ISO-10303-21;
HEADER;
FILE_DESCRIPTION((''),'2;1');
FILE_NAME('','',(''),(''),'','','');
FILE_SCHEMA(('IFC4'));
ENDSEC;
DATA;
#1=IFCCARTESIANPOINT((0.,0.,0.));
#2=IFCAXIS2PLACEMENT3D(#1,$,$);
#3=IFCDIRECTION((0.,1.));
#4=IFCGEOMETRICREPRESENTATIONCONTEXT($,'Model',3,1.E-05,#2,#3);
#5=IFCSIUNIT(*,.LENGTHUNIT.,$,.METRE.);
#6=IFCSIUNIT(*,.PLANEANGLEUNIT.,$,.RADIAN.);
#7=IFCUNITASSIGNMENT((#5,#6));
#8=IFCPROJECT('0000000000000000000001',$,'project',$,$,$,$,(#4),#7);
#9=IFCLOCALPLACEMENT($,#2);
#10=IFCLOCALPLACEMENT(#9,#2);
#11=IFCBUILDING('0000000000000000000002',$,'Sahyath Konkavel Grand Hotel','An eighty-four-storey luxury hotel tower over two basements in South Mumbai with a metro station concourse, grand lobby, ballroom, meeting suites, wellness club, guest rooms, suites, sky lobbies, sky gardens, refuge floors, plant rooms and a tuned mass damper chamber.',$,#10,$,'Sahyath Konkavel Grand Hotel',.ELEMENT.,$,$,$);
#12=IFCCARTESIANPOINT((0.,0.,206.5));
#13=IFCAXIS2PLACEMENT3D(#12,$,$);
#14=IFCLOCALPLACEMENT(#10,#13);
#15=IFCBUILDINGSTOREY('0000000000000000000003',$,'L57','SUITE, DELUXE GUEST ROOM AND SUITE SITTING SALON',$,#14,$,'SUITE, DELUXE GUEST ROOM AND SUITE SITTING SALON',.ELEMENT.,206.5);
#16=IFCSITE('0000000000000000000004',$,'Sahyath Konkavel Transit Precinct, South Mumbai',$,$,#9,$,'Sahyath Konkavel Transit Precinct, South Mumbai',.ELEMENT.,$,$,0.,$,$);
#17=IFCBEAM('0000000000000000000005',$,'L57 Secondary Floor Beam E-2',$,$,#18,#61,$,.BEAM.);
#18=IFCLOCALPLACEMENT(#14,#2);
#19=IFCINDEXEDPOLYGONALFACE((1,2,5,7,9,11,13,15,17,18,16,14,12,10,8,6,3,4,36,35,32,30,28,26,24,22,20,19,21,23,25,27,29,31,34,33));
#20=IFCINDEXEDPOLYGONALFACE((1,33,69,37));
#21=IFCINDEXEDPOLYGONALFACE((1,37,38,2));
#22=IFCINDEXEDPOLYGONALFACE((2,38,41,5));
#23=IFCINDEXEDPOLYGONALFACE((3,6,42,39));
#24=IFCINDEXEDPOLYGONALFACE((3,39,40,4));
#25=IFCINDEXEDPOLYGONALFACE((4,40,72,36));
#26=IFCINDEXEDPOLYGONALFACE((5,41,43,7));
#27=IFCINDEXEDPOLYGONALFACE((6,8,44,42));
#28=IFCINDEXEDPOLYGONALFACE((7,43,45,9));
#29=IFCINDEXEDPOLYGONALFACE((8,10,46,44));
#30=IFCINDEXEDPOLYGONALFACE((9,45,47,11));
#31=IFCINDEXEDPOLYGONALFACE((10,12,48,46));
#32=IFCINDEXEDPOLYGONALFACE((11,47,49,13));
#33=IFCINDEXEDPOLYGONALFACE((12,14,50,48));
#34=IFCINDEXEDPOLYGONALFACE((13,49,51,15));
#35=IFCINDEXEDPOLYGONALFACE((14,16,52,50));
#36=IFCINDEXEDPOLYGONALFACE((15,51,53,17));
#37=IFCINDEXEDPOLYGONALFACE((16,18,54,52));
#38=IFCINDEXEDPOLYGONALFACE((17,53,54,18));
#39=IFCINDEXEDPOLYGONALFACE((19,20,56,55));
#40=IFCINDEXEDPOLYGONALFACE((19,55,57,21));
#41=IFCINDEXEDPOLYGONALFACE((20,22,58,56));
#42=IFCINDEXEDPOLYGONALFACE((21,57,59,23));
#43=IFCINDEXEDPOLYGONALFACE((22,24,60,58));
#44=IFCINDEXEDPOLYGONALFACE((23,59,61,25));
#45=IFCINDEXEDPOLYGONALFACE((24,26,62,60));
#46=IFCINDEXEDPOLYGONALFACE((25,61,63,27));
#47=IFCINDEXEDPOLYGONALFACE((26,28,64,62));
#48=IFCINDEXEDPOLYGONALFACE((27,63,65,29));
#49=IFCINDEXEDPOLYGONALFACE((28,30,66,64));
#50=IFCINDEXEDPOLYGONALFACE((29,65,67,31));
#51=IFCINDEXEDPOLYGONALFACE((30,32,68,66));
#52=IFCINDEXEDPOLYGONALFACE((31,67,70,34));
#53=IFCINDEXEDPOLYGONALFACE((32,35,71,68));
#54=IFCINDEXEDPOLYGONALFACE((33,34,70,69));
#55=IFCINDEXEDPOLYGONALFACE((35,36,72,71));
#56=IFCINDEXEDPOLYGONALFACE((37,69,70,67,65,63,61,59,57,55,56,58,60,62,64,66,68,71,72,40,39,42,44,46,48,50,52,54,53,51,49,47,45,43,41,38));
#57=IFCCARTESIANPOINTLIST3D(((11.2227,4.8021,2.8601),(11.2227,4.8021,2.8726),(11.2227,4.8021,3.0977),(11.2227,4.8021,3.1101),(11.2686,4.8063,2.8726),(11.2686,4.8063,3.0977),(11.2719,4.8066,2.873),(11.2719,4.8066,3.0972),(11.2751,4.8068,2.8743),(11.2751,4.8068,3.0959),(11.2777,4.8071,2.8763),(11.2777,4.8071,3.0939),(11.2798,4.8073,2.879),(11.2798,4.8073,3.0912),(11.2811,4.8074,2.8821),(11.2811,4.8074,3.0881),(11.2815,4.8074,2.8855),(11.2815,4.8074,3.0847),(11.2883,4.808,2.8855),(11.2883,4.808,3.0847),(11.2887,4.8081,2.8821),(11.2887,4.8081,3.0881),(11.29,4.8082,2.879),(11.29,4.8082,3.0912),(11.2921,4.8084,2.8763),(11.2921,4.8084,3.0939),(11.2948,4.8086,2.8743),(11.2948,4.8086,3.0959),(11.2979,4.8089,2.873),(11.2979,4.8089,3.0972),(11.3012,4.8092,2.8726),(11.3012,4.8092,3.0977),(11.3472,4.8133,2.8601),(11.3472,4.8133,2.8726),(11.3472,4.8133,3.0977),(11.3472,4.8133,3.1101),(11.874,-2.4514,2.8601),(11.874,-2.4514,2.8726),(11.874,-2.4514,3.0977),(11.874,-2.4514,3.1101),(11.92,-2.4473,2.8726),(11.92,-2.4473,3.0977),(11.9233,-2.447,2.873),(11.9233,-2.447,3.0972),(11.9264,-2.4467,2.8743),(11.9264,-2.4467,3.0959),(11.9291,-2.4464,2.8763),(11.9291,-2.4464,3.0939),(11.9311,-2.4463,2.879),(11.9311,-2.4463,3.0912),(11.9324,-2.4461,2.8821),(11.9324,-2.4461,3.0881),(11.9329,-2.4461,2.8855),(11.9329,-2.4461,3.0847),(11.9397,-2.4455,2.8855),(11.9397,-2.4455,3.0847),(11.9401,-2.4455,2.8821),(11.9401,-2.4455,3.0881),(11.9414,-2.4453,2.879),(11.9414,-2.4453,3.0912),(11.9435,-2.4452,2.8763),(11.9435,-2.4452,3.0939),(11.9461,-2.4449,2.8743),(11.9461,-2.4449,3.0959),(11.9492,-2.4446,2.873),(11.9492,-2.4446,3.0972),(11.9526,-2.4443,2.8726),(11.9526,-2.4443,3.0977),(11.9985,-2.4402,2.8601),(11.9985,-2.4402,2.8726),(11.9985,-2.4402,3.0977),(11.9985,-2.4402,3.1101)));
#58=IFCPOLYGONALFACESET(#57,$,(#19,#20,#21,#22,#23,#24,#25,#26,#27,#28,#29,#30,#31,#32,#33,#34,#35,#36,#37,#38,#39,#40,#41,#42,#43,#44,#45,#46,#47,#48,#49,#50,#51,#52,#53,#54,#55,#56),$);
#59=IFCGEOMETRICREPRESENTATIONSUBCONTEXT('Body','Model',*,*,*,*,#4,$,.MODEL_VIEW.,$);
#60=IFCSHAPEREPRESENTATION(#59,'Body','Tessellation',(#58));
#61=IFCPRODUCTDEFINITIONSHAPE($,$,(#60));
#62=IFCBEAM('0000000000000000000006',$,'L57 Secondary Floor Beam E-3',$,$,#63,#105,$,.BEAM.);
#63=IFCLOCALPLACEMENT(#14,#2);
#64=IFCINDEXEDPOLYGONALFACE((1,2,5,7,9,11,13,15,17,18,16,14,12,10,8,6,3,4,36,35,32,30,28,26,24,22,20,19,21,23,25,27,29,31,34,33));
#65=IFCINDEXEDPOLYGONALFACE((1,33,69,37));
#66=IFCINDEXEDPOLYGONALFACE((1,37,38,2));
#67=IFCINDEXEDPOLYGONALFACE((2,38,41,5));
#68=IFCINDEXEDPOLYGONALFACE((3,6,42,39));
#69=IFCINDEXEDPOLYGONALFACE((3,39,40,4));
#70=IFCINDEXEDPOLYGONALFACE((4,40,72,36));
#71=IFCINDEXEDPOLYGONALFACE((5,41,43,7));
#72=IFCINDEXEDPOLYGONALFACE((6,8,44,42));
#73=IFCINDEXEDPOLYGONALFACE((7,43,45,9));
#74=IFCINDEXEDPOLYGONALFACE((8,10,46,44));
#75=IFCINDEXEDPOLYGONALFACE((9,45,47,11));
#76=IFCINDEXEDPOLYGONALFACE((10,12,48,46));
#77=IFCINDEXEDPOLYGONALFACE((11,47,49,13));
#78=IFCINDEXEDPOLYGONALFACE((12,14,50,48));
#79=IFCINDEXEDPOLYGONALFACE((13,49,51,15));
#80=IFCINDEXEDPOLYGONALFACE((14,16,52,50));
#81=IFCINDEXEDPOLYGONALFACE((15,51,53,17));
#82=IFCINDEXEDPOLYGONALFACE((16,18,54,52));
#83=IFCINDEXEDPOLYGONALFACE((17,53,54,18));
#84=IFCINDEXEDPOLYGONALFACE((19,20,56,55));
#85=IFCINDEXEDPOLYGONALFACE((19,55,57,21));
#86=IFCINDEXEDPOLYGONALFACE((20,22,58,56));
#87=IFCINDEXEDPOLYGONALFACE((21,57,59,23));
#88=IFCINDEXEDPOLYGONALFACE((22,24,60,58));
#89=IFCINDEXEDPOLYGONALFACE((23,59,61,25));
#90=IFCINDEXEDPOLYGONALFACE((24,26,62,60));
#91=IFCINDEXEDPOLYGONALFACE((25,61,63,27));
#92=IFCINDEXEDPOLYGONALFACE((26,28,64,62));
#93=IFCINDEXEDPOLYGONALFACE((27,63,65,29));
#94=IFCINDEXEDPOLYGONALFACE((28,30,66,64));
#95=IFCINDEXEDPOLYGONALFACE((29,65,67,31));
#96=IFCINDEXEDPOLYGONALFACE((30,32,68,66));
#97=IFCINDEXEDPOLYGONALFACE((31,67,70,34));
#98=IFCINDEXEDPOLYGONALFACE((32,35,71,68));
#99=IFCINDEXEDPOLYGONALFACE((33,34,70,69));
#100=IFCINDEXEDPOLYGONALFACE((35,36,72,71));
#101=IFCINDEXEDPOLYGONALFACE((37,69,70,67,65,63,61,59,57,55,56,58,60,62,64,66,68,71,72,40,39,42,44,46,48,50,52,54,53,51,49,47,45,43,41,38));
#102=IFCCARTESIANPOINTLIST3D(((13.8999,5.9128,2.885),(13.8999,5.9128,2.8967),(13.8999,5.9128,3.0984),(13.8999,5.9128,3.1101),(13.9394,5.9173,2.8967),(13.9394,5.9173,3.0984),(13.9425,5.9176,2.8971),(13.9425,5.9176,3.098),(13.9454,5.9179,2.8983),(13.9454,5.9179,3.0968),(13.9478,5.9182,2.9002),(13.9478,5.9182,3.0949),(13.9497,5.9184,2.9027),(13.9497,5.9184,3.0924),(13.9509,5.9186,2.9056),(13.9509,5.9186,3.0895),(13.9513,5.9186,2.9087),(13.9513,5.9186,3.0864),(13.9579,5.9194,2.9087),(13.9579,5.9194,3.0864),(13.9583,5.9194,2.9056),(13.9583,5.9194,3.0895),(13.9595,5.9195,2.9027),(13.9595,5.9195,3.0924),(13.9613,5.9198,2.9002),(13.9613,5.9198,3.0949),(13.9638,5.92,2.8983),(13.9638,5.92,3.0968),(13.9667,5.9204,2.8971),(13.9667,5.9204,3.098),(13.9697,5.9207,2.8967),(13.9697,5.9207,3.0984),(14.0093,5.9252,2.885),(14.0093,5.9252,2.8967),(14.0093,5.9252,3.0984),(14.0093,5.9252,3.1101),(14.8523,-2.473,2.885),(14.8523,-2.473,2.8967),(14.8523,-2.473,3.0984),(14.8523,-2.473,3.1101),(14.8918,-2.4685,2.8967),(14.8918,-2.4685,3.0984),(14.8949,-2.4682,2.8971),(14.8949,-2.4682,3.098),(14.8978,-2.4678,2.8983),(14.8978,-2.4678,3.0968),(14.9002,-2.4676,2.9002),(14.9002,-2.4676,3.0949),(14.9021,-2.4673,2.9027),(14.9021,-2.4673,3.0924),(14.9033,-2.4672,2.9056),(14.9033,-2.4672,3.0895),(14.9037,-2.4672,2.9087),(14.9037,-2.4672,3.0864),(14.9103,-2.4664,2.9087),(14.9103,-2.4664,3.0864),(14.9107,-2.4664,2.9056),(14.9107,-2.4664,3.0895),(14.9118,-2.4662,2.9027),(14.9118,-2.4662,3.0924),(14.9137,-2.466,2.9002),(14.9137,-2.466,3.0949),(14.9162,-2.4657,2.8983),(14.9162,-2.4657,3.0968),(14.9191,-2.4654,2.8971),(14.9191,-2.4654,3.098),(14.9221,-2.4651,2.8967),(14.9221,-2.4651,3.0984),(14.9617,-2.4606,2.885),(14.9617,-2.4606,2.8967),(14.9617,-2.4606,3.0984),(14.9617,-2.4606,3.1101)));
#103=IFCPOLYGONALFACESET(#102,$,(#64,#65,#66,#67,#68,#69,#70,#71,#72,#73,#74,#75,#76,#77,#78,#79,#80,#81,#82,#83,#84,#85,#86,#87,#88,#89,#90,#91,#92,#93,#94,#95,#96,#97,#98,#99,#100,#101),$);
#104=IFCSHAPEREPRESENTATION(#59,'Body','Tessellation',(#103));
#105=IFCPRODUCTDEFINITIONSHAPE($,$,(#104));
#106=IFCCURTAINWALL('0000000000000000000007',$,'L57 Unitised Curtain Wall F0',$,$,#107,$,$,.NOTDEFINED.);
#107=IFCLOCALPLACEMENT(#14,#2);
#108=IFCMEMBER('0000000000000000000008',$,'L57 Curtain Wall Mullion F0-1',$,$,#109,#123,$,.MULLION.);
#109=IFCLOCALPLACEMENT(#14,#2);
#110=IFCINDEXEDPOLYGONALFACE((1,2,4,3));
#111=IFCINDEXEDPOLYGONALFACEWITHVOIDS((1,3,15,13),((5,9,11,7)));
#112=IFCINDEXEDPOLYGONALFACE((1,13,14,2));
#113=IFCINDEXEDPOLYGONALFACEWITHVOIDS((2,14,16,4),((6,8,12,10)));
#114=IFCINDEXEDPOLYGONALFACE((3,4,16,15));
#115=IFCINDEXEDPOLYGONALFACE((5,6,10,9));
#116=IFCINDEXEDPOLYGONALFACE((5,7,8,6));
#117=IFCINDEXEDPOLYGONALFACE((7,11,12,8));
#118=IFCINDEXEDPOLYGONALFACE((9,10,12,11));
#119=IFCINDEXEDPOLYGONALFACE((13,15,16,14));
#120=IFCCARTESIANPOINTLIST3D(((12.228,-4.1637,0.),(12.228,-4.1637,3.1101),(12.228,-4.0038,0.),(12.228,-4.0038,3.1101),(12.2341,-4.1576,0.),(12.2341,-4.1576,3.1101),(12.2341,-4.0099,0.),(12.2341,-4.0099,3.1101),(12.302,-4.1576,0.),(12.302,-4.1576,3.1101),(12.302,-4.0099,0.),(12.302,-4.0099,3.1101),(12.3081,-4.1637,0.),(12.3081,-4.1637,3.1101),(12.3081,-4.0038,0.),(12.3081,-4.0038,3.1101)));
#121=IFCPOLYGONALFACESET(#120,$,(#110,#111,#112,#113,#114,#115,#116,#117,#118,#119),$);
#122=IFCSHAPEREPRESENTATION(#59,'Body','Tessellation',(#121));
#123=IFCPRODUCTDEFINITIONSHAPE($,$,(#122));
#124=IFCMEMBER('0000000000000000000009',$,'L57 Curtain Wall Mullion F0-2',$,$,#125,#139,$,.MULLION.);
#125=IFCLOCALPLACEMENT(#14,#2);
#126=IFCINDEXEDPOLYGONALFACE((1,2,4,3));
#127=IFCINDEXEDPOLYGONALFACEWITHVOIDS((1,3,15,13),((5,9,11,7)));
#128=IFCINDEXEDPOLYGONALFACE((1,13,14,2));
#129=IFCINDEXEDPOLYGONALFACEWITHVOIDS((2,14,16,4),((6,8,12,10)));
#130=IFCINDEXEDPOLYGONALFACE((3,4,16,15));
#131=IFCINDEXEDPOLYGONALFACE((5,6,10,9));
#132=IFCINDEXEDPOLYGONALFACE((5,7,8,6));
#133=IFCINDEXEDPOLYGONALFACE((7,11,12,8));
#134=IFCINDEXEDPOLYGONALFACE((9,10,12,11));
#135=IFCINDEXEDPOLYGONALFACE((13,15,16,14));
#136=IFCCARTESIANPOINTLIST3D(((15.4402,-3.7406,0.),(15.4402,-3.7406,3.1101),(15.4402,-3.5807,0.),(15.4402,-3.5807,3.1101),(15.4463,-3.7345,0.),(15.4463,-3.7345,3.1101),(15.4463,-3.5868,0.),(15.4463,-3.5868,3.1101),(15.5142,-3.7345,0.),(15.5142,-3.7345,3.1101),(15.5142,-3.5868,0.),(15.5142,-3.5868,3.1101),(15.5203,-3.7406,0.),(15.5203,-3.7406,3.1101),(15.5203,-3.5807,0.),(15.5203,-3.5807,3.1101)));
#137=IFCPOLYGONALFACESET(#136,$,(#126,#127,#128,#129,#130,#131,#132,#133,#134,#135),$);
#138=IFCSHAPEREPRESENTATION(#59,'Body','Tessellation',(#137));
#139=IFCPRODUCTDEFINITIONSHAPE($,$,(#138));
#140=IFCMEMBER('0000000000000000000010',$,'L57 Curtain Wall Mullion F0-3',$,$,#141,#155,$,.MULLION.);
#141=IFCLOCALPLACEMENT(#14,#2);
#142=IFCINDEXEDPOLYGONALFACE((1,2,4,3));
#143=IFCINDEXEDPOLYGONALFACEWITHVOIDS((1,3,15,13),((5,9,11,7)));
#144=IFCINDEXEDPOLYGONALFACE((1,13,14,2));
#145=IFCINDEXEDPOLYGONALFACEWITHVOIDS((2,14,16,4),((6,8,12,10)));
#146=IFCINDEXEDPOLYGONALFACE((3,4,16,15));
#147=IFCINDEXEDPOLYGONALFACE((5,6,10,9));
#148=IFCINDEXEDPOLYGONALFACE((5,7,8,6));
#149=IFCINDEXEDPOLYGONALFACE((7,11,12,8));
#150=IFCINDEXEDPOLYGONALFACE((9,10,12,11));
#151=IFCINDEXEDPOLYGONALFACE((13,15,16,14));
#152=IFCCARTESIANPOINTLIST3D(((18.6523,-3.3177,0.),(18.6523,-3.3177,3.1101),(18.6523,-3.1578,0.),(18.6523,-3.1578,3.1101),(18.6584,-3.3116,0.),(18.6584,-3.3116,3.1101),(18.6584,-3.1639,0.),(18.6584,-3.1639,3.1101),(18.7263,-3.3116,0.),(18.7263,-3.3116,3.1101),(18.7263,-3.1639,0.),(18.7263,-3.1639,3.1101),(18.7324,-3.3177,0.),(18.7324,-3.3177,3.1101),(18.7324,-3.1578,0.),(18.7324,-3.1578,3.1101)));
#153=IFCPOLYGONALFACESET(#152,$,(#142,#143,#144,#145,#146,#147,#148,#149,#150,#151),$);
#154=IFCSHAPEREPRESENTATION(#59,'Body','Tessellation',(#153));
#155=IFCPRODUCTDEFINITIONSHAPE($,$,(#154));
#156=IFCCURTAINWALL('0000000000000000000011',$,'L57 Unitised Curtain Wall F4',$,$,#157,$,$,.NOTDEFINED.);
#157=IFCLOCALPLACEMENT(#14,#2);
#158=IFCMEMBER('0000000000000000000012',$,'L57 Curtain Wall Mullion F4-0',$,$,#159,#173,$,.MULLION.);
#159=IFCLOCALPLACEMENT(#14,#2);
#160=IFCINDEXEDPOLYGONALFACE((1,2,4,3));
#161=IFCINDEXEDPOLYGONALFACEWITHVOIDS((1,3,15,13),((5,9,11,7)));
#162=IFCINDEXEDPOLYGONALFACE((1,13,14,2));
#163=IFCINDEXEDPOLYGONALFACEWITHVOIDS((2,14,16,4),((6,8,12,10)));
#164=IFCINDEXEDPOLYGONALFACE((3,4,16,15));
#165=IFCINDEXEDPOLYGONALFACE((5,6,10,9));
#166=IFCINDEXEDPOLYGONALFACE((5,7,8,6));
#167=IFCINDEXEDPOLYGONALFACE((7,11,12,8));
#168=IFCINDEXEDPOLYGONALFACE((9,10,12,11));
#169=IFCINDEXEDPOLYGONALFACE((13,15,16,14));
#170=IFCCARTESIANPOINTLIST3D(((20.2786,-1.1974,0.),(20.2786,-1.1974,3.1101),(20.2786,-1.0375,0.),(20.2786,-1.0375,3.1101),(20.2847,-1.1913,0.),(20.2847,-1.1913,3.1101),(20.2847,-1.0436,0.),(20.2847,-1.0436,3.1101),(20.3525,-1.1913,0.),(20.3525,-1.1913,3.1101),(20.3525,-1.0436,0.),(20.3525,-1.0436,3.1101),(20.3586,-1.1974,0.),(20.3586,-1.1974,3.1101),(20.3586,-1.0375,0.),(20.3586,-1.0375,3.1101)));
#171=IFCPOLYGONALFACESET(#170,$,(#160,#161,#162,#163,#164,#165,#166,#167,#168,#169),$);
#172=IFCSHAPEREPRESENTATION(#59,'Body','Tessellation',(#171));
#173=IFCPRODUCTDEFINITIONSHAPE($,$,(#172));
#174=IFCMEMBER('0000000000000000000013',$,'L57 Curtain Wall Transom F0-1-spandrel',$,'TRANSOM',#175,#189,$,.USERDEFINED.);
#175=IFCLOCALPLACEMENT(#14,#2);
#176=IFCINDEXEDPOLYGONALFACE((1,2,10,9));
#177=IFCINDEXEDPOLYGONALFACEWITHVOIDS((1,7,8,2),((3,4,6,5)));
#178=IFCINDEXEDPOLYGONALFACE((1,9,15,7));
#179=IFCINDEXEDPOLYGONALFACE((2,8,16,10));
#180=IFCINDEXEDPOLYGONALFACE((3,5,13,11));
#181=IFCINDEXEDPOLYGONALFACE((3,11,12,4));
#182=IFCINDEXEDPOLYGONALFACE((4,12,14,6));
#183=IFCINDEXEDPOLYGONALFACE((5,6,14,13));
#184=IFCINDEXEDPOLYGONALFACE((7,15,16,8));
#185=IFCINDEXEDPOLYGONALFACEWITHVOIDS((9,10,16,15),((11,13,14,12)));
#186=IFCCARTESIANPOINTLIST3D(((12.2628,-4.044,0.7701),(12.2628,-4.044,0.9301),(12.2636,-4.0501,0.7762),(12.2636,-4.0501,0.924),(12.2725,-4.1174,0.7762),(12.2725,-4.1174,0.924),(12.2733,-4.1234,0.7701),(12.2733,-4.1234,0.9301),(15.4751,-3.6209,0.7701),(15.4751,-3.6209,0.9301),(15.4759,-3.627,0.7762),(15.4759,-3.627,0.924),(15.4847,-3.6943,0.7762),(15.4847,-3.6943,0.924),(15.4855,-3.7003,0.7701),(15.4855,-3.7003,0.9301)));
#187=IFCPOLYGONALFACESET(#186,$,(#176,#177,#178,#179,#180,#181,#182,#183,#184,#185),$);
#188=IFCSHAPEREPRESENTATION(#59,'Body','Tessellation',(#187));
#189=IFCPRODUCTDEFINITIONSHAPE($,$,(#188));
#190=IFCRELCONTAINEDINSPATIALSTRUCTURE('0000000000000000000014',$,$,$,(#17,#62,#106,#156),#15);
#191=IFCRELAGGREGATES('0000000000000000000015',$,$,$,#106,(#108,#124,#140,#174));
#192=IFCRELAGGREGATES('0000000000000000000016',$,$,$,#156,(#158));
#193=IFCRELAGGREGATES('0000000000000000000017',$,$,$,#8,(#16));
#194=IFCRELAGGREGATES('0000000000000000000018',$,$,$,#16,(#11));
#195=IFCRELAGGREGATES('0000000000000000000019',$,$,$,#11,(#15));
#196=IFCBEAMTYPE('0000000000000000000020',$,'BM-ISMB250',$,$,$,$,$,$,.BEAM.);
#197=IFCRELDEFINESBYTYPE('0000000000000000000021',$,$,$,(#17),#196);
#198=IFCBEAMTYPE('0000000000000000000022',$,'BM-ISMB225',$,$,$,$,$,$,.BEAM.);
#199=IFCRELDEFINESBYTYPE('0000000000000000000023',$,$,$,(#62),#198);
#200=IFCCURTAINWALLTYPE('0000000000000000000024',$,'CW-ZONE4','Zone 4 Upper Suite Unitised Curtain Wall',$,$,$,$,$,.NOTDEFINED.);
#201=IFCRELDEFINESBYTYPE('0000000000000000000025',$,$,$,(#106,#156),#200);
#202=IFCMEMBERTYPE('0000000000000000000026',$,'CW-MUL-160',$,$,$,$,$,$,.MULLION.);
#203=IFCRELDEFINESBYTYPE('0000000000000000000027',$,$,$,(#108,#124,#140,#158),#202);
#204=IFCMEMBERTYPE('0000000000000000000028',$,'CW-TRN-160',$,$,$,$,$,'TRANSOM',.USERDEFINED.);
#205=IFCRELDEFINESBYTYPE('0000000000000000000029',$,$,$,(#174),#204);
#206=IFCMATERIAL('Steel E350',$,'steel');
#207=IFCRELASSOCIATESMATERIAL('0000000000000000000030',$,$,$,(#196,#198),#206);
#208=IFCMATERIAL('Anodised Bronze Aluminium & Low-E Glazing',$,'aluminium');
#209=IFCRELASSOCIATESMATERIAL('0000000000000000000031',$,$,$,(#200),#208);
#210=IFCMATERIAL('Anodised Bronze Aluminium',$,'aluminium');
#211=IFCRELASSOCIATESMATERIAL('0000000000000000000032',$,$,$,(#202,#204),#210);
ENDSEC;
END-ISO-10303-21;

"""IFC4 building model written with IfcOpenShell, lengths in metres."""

from ifc_helpers import new_model, si_unit, direction, frame, origin, origin_2d, place, context, subcontext, project, spatial, hollow_rectangle, i_section, extrude, source, transform, mapped, material, material_profile, profile_set, type_object, element, aggregate, save


model = new_model("IFC4")

# Units and contexts
model_context = context("Model", 3, precision=1e-05, world=origin(), true_north=direction((0.0, 1.0)))
body_context = subcontext(model_context, "Body", "Model", "MODEL_VIEW")
ifc_project = project(units=[si_unit("LENGTHUNIT", "METRE"), si_unit("PLANEANGLEUNIT", "RADIAN")], contexts=[model_context])

# Site, building, storey
site_placement = place(None, origin())
site = spatial("IfcSite", under=ifc_project, at=site_placement, Name="Sahyath Konkavel Transit Precinct, South Mumbai", LongName="Sahyath Konkavel Transit Precinct, South Mumbai", CompositionType="ELEMENT", RefElevation=0.0)
building_placement = place(site_placement, origin())
building = spatial("IfcBuilding", under=site, at=building_placement, Name="Sahyath Konkavel Grand Hotel", Description="An eighty-four-storey luxury hotel tower over two basements in South Mumbai with a metro station concourse, grand lobby, ballroom, meeting suites, wellness club, guest rooms, suites, sky lobbies, sky gardens, refuge floors, plant rooms and a tuned mass damper chamber.", LongName="Sahyath Konkavel Grand Hotel", CompositionType="ELEMENT")
storey_placement = place(building_placement, frame((0.0, 0.0, 206.5)))
storey = spatial("IfcBuildingStorey", under=building, at=storey_placement, Name="L57", Description="SUITE, DELUXE GUEST ROOM AND SUITE SITTING SALON", LongName="SUITE, DELUXE GUEST ROOM AND SUITE SITTING SALON", CompositionType="ELEMENT", Elevation=206.5)

# Beams
ifc_material_1 = material(Name="Steel E350", Category="steel")
ifc_material_profile_1 = material_profile(ifc_material_1, i_section(OverallWidth=0.125, OverallDepth=0.25, WebThickness=0.0068, FlangeThickness=0.0125, FilletRadius=0.0129, at=origin_2d()), Name="ISMB 250")
ifc_profile_set_1 = profile_set([ifc_material_profile_1], Name="Steel E350")
beam_type_1 = type_object("IfcBeamType", Name="BM-ISMB250", PredefinedType="BEAM", material=ifc_profile_set_1)
shared_shape_1 = source(origin(), body_context, "Body", "SweptSolid", [
    extrude(i_section(OverallWidth=0.125, OverallDepth=0.25, WebThickness=0.0068, FlangeThickness=0.0125, FilletRadius=0.0129, at=origin_2d()), origin(), (0.0, 0.0, 1.0), 7.2827),
])
beam_1_placement = place(storey_placement, frame((11.9363, -2.4458, 2.9851), z_axis=(-0.089441, 0.995992, 0.0), x_axis=(-0.995992, -0.089441, 0.0)))
element("IfcBeam", 1, at=beam_1_placement, inside=storey, type_object=beam_type_1, Name="L57 Secondary Floor Beam E-2", PredefinedType="BEAM", context=body_context, shape_type="MappedRepresentation", body=[
    mapped(shared_shape_1, transform((0.0, 0.0, 0.0), scale=1.0)),
])
ifc_material_profile_2 = material_profile(ifc_material_1, i_section(OverallWidth=0.1101, OverallDepth=0.2251, WebThickness=0.0066, FlangeThickness=0.0117, FilletRadius=0.012, at=origin_2d()), Name="ISMB 225")
ifc_profile_set_2 = profile_set([ifc_material_profile_2], Name="Steel E350")
beam_type_2 = type_object("IfcBeamType", Name="BM-ISMB225", PredefinedType="BEAM", material=ifc_profile_set_2)
shared_shape_2 = source(origin(), body_context, "Body", "SweptSolid", [
    extrude(i_section(OverallWidth=0.1101, OverallDepth=0.2251, WebThickness=0.0066, FlangeThickness=0.0117, FilletRadius=0.012, at=origin_2d()), origin(), (0.0, 0.0, 1.0), 8.4397),
])
beam_2_placement = place(storey_placement, frame((14.907, -2.4668, 2.9976), z_axis=(-0.112847, 0.993612, 0.0), x_axis=(-0.993612, -0.112847, 0.0)))
element("IfcBeam", 2, at=beam_2_placement, inside=storey, type_object=beam_type_2, Name="L57 Secondary Floor Beam E-3", PredefinedType="BEAM", context=body_context, shape_type="MappedRepresentation", body=[
    mapped(shared_shape_2, transform((0.0, 0.0, 0.0), scale=1.0)),
])

# Curtain wall, members
ifc_material_2 = material(Name="Anodised Bronze Aluminium & Low-E Glazing", Category="aluminium")
curtain_wall_type = type_object("IfcCurtainWallType", Name="CW-ZONE4", Description="Zone 4 Upper Suite Unitised Curtain Wall", PredefinedType="NOTDEFINED", material=ifc_material_2)
curtain_wall_1_placement = place(storey_placement, origin())
curtain_wall_1 = element("IfcCurtainWall", 3, at=curtain_wall_1_placement, inside=storey, type_object=curtain_wall_type, Name="L57 Unitised Curtain Wall F0", PredefinedType="NOTDEFINED")
ifc_material_3 = material(Name="Anodised Bronze Aluminium", Category="aluminium")
ifc_material_profile_3 = material_profile(ifc_material_3, hollow_rectangle(XDim=0.0801, YDim=0.1599, WallThickness=0.0061, at=origin_2d()), Name="RHS 160x80x6")
ifc_profile_set_3 = profile_set([ifc_material_profile_3], Name="Anodised Bronze Aluminium")
member_type_1 = type_object("IfcMemberType", Name="CW-MUL-160", PredefinedType="MULLION", material=ifc_profile_set_3)
shared_shape_3 = source(origin(), body_context, "Body", "SweptSolid", [
    extrude(hollow_rectangle(XDim=0.0801, YDim=0.1599, WallThickness=0.0061, at=origin_2d()), origin(), (0.0, 0.0, 1.0), 3.1101),
])
member_1_placement = place(storey_placement, frame((12.2681, -4.0837, 0.0), z_axis=(0.0, 0.0, 1.0), x_axis=(1.0, 0.0, 0.0)))
member_1 = element("IfcMember", 4, at=member_1_placement, type_object=member_type_1, Name="L57 Curtain Wall Mullion F0-1", PredefinedType="MULLION", context=body_context, shape_type="MappedRepresentation", body=[
    mapped(shared_shape_3, transform((0.0, 0.0, 0.0), scale=1.0)),
])
member_2_placement = place(storey_placement, frame((15.4802, -3.6606, 0.0), z_axis=(0.0, 0.0, 1.0), x_axis=(1.0, 0.0, 0.0)))
member_2 = element("IfcMember", 5, at=member_2_placement, type_object=member_type_1, Name="L57 Curtain Wall Mullion F0-2", PredefinedType="MULLION", context=body_context, shape_type="MappedRepresentation", body=[
    mapped(shared_shape_3, transform((0.0, 0.0, 0.0), scale=1.0)),
])
member_3_placement = place(storey_placement, frame((18.6924, -3.2378, 0.0), z_axis=(0.0, 0.0, 1.0), x_axis=(1.0, 0.0, 0.0)))
member_3 = element("IfcMember", 6, at=member_3_placement, type_object=member_type_1, Name="L57 Curtain Wall Mullion F0-3", PredefinedType="MULLION", context=body_context, shape_type="MappedRepresentation", body=[
    mapped(shared_shape_3, transform((0.0, 0.0, 0.0), scale=1.0)),
])

# Curtain wall, member
curtain_wall_2_placement = place(storey_placement, origin())
curtain_wall_2 = element("IfcCurtainWall", 7, at=curtain_wall_2_placement, inside=storey, type_object=curtain_wall_type, Name="L57 Unitised Curtain Wall F4", PredefinedType="NOTDEFINED")
member_4_placement = place(storey_placement, frame((20.3186, -1.1174, 0.0), z_axis=(0.0, 0.0, 1.0), x_axis=(1.0, 0.0, 0.0)))
member_4 = element("IfcMember", 8, at=member_4_placement, type_object=member_type_1, Name="L57 Curtain Wall Mullion F4-0", PredefinedType="MULLION", context=body_context, shape_type="MappedRepresentation", body=[
    mapped(shared_shape_3, transform((0.0, 0.0, 0.0), scale=1.0)),
])

# Member
ifc_material_profile_4 = material_profile(ifc_material_3, hollow_rectangle(XDim=0.0801, YDim=0.1599, WallThickness=0.0061, at=origin_2d()), Name="RHS 160x80x6")
ifc_profile_set_4 = profile_set([ifc_material_profile_4], Name="Anodised Bronze Aluminium")
member_type_2 = type_object("IfcMemberType", Name="CW-TRN-160", ElementType="TRANSOM", PredefinedType="USERDEFINED", material=ifc_profile_set_4)
shared_shape_4 = source(origin(), body_context, "Body", "SweptSolid", [
    extrude(hollow_rectangle(XDim=0.0801, YDim=0.1599, WallThickness=0.0061, at=origin_2d()), origin(), (0.0, 0.0, 1.0), 3.24),
])
member_5_placement = place(storey_placement, frame((12.2681, -4.0837, 0.8501), z_axis=(0.991437, 0.130589, 0.0), x_axis=(-0.130589, 0.991437, 0.0)))
member_5 = element("IfcMember", 9, at=member_5_placement, type_object=member_type_2, Name="L57 Curtain Wall Transom F0-1-spandrel", ObjectType="TRANSOM", PredefinedType="USERDEFINED", context=body_context, shape_type="MappedRepresentation", body=[
    mapped(shared_shape_4, transform((0.0, 0.0, 0.0), scale=1.0)),
])

aggregate(curtain_wall_1, [member_1, member_2, member_3, member_5])
aggregate(curtain_wall_2, [member_4])

save(model, "model.ifc")
